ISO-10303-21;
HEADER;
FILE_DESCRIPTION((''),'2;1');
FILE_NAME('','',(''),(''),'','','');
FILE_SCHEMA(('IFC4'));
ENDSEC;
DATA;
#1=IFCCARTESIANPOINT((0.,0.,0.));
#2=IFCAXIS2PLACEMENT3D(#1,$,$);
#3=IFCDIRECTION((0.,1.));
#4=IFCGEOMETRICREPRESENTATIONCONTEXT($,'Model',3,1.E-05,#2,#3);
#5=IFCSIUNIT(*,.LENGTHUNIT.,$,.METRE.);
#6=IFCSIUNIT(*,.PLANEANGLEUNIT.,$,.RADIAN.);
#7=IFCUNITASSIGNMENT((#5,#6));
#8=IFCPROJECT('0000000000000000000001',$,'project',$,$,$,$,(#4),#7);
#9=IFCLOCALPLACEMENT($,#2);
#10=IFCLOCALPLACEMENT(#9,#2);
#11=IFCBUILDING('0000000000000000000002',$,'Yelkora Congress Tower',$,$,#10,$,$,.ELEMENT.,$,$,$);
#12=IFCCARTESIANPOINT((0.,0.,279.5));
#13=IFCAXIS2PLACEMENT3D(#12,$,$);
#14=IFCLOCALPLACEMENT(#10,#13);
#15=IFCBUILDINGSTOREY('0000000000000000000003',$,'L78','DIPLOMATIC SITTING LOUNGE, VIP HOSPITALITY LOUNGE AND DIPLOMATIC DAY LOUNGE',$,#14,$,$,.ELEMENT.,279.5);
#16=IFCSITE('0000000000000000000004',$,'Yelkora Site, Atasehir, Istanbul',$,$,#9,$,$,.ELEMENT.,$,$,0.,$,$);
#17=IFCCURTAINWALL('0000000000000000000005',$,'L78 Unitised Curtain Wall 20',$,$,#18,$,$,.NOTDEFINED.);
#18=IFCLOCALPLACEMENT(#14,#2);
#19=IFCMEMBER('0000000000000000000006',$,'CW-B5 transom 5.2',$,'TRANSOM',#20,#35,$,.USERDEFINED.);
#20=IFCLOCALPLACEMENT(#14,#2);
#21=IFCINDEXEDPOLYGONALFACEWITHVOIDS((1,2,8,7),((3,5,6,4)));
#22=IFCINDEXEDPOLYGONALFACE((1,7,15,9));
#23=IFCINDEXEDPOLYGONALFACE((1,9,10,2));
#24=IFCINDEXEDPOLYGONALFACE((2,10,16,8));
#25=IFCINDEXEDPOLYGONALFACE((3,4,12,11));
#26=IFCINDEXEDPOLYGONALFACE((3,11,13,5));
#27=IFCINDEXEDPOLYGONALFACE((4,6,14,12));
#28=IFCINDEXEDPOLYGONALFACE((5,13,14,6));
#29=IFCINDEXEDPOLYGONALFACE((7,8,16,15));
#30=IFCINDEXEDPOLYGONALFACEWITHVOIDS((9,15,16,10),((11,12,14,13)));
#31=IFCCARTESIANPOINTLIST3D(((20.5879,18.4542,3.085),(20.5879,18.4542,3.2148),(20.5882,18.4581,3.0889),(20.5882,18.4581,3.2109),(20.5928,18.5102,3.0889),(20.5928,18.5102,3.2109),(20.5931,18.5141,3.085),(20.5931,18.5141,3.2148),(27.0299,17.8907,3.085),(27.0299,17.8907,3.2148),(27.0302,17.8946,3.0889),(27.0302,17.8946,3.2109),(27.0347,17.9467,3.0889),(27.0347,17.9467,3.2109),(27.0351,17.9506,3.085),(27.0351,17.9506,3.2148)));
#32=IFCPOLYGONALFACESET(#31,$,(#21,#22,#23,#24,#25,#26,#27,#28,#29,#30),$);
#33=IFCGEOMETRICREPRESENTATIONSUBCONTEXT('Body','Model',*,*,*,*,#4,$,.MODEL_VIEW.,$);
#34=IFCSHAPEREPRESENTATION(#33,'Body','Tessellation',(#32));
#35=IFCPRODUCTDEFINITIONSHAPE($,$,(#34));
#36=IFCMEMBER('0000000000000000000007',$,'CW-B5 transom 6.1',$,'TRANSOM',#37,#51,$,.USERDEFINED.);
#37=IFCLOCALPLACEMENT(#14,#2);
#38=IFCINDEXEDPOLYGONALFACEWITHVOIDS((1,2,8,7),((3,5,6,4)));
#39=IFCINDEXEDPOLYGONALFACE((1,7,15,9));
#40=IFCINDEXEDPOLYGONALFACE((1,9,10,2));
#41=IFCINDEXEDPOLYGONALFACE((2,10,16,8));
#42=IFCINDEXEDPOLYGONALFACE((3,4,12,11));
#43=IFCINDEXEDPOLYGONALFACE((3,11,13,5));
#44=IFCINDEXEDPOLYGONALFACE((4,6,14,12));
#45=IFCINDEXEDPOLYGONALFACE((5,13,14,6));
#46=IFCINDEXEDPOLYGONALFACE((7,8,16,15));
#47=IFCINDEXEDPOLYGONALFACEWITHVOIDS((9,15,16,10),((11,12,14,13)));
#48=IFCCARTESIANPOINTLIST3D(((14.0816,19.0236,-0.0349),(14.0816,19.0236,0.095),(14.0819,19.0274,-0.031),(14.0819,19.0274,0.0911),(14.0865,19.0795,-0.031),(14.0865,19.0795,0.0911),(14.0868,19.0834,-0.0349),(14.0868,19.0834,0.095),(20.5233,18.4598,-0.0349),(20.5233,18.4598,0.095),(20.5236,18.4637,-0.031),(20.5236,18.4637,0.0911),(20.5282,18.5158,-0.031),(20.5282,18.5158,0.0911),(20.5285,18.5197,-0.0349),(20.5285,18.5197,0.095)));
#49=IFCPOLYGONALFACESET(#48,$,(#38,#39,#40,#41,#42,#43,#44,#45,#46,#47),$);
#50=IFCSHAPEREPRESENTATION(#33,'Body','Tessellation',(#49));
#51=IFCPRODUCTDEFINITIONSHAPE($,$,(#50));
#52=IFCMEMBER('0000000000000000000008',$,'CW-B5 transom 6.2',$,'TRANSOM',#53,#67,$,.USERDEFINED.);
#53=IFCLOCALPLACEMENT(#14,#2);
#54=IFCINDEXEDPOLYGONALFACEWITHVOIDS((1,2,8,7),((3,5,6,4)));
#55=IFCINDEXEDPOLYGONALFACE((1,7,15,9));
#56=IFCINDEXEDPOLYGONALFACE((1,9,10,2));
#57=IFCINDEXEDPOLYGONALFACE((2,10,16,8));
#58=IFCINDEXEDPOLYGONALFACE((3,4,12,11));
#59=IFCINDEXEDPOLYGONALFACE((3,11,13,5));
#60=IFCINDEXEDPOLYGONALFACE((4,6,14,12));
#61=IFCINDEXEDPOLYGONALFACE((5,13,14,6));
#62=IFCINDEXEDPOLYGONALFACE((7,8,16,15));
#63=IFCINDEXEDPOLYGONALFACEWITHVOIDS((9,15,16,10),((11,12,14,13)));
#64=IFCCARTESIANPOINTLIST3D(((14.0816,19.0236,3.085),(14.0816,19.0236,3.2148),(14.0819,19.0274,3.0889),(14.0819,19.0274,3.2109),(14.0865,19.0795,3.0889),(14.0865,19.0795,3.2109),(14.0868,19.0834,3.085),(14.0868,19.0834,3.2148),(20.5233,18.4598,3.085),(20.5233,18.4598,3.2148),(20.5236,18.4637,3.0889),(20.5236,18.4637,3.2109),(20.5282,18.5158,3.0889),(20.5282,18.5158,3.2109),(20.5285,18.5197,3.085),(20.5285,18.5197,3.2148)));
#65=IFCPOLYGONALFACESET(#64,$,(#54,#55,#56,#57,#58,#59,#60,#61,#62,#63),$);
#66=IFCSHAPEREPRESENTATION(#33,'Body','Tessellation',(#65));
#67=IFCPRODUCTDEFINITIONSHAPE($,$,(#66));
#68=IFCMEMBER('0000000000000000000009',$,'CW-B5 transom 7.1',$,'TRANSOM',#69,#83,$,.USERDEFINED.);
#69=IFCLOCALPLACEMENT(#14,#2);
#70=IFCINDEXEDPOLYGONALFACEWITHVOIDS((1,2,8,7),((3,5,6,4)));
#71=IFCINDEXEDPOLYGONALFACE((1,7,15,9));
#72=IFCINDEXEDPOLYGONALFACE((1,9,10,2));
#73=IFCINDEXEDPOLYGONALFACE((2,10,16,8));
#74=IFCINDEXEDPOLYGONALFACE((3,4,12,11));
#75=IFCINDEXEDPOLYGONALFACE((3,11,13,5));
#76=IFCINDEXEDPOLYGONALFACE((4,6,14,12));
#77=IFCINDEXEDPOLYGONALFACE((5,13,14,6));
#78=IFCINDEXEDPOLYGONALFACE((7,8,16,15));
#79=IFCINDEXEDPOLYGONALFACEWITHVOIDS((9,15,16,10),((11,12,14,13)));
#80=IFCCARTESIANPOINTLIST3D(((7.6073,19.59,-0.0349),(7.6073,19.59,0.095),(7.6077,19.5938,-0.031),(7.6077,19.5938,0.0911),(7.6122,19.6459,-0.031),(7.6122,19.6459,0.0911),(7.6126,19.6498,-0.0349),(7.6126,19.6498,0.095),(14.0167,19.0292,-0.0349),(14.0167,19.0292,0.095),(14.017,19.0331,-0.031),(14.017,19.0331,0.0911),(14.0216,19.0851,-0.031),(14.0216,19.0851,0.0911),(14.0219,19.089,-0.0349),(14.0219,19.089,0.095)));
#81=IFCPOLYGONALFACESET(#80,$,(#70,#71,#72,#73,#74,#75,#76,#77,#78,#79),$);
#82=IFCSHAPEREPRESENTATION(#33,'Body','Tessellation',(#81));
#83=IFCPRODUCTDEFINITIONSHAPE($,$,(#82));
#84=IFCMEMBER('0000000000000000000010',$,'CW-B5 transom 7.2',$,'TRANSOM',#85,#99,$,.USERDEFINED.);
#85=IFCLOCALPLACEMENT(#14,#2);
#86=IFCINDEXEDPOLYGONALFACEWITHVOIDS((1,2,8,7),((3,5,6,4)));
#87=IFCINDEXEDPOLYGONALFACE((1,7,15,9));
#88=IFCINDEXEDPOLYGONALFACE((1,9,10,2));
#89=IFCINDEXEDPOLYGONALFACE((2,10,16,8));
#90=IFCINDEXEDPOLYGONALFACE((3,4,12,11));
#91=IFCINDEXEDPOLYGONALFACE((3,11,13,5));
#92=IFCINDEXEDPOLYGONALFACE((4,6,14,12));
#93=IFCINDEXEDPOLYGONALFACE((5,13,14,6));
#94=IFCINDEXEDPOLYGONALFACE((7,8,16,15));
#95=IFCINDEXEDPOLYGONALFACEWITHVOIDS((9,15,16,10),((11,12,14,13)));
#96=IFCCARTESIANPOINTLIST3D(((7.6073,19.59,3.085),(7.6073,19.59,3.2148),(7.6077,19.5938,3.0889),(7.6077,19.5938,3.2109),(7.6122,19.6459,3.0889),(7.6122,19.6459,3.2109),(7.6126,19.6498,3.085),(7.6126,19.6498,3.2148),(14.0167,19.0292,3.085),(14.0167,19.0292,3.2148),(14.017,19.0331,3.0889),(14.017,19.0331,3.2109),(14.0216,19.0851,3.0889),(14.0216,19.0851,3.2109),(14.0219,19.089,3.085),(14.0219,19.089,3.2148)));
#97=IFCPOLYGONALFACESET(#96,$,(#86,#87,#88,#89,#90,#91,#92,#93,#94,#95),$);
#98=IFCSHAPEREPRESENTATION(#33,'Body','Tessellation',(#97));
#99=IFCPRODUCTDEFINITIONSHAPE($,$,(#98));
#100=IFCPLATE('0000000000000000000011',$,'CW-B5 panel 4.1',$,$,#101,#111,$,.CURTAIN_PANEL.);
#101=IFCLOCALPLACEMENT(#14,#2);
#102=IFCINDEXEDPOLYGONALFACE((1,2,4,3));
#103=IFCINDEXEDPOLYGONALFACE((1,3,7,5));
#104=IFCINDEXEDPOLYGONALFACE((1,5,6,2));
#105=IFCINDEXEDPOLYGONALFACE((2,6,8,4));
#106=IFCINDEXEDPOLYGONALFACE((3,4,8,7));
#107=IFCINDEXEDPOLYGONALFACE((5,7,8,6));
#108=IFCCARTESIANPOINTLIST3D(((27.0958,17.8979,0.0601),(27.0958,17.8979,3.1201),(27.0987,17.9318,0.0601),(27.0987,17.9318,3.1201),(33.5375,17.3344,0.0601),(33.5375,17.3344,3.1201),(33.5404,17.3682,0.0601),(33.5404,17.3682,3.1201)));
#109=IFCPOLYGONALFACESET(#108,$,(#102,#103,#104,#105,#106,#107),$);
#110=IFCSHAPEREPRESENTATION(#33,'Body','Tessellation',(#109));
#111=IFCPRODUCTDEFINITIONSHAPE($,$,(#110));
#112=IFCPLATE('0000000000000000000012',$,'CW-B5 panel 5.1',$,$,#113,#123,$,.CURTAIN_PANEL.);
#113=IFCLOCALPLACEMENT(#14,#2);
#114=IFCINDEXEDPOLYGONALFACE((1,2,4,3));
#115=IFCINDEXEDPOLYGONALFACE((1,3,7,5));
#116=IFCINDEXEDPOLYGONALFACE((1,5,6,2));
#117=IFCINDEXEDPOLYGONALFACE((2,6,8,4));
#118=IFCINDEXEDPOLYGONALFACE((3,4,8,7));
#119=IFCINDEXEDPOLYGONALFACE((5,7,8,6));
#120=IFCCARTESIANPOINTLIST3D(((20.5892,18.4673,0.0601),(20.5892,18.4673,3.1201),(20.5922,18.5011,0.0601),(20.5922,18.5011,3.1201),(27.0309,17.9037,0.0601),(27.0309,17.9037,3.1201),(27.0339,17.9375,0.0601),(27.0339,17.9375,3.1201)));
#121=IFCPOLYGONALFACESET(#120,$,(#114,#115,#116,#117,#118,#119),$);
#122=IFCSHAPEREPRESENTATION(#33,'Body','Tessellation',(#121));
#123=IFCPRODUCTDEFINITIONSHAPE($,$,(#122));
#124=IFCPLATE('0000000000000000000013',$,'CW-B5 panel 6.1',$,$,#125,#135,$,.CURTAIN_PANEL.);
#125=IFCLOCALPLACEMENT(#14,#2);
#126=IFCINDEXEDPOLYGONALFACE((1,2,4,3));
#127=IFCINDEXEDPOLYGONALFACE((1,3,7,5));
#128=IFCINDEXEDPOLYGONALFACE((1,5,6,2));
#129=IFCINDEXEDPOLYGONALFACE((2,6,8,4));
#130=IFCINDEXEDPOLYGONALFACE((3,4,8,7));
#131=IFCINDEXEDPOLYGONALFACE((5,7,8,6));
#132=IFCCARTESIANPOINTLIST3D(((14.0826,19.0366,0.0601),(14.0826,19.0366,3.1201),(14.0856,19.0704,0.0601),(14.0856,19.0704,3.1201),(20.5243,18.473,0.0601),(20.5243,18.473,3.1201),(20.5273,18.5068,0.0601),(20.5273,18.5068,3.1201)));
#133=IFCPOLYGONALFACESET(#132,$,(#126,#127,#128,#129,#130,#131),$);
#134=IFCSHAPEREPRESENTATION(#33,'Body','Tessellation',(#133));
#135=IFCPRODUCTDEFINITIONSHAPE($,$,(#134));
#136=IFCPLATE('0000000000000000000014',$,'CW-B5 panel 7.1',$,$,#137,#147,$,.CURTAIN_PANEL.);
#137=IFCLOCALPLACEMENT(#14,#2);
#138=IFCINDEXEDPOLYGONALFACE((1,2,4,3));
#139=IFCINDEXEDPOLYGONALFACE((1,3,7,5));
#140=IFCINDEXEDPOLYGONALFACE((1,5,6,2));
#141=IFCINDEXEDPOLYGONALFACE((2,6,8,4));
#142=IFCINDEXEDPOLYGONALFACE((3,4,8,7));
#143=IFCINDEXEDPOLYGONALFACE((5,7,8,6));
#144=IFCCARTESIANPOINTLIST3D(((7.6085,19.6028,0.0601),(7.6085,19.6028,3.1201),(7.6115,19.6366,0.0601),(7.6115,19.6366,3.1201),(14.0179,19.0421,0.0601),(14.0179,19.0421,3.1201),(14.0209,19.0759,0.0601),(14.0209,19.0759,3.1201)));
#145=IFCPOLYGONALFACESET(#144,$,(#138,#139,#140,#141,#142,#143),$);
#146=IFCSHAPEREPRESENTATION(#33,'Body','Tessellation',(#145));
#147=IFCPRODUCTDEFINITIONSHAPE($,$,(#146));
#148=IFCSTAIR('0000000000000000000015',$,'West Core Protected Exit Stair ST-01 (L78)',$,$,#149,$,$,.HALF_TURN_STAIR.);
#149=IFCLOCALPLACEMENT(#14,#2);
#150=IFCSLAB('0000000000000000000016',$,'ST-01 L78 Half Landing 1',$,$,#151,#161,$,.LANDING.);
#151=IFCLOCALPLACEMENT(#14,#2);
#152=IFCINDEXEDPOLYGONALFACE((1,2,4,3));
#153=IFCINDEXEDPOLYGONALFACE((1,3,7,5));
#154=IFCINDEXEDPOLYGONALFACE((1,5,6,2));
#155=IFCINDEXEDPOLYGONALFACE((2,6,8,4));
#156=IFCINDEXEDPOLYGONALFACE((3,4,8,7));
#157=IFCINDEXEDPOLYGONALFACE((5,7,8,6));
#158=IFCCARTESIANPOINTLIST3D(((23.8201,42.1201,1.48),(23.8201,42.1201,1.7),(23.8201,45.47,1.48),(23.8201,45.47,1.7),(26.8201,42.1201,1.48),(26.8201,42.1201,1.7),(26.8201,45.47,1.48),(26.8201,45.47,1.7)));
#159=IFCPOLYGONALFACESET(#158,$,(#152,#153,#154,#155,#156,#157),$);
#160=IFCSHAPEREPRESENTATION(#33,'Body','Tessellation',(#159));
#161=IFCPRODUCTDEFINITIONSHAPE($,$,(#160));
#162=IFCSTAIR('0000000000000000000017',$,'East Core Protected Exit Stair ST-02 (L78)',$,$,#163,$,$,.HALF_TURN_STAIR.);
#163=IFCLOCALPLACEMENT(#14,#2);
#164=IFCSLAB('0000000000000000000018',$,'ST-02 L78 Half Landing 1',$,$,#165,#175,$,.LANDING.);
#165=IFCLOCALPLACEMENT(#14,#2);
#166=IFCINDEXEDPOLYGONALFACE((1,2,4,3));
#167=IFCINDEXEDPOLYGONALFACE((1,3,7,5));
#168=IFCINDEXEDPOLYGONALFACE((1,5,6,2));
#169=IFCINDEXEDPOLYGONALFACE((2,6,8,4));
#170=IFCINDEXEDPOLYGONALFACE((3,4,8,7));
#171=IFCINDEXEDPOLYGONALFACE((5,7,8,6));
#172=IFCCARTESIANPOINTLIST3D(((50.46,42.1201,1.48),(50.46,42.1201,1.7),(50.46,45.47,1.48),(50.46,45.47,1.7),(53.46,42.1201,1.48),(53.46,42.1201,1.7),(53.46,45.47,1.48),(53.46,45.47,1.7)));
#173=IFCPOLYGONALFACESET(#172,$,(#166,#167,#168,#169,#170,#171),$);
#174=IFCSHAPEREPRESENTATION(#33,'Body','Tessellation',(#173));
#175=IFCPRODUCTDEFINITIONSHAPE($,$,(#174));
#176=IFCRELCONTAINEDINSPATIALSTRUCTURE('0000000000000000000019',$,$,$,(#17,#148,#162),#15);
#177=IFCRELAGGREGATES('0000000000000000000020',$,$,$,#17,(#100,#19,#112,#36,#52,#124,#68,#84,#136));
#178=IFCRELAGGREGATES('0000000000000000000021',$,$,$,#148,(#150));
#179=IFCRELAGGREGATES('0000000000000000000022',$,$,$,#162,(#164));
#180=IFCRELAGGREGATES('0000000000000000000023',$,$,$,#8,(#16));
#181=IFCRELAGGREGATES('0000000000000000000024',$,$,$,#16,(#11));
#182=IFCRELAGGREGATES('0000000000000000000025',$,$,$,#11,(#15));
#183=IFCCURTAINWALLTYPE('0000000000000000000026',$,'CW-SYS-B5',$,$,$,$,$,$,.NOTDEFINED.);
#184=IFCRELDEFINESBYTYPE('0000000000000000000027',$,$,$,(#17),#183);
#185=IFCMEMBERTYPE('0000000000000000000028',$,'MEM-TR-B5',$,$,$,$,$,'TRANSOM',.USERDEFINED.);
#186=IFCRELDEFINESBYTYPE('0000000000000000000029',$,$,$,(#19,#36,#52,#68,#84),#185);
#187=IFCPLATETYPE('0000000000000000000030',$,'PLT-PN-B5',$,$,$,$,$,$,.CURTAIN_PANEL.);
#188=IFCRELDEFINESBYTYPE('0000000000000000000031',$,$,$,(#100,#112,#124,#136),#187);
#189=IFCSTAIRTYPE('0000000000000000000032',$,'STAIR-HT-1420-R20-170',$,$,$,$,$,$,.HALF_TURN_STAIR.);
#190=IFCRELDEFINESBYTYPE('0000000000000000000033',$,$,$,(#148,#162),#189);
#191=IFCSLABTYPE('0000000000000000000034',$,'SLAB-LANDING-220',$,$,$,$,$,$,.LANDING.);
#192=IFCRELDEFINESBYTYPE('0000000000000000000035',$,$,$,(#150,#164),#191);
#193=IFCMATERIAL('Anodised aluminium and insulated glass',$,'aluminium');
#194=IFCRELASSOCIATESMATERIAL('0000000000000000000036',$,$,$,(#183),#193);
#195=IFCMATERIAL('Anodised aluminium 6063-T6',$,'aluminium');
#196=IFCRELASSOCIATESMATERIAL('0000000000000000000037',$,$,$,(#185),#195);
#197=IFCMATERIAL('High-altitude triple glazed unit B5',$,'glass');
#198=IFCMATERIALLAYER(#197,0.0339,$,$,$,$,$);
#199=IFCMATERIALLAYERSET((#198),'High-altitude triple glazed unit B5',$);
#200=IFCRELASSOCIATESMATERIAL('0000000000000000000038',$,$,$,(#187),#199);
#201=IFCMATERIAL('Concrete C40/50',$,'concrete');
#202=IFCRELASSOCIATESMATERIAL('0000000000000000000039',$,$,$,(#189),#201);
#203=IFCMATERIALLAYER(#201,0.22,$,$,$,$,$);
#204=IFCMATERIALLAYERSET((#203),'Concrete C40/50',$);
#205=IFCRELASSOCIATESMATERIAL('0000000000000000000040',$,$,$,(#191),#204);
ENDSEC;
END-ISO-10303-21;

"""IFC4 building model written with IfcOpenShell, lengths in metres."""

from ifc_helpers import new_model, si_unit, direction, frame, origin, origin_2d, place, context, subcontext, project, spatial, polyline, rectangle, hollow_rectangle, outline, extrude, material, layer, layer_set, material_profile, profile_set, type_object, element, aggregate, save


model = new_model("IFC4")

# Units and contexts
model_context = context("Model", 3, precision=1e-05, world=origin(), true_north=direction((0.0, 1.0)))
body_context = subcontext(model_context, "Body", "Model", "MODEL_VIEW")
ifc_project = project(units=[si_unit("LENGTHUNIT", "METRE"), si_unit("PLANEANGLEUNIT", "RADIAN")], contexts=[model_context])

# Site, building, storey
site_placement = place(None, origin())
site = spatial("IfcSite", under=ifc_project, at=site_placement, Name="Yelkora Site, Atasehir, Istanbul", CompositionType="ELEMENT", RefElevation=0.0)
building_placement = place(site_placement, origin())
building = spatial("IfcBuilding", under=site, at=building_placement, Name="Yelkora Congress Tower", CompositionType="ELEMENT")
storey_placement = place(building_placement, frame((0.0, 0.0, 279.5)))
storey = spatial("IfcBuildingStorey", under=building, at=storey_placement, Name="L78", Description="DIPLOMATIC SITTING LOUNGE, VIP HOSPITALITY LOUNGE AND DIPLOMATIC DAY LOUNGE", CompositionType="ELEMENT", Elevation=279.5)

# Curtain wall, members, plates
ifc_material_1 = material(Name="Anodised aluminium and insulated glass", Category="aluminium")
curtain_wall_type = type_object("IfcCurtainWallType", Name="CW-SYS-B5", PredefinedType="NOTDEFINED", material=ifc_material_1)
curtain_wall_placement = place(storey_placement, origin())
curtain_wall = element("IfcCurtainWall", 1, at=curtain_wall_placement, inside=storey, type_object=curtain_wall_type, Name="L78 Unitised Curtain Wall 20", PredefinedType="NOTDEFINED")
ifc_material_2 = material(Name="Anodised aluminium 6063-T6", Category="aluminium")
ifc_material_profile_1 = material_profile(ifc_material_2, hollow_rectangle(XDim=0.0601, YDim=0.1299, WallThickness=0.0039, at=origin_2d()), Name="ALU 60x130x4")
ifc_profile_set_1 = profile_set([ifc_material_profile_1], Name="Anodised aluminium 6063-T6")
member_type_1 = type_object("IfcMemberType", Name="MEM-TR-B5", ElementType="TRANSOM", PredefinedType="USERDEFINED", material=ifc_profile_set_1)
member_1_placement = place(storey_placement, frame((27.0325, 17.9207, 3.1499), z_axis=(-0.996196, 0.087138, 0.0), x_axis=(-0.087138, -0.996196, 0.0)))
member_1 = element("IfcMember", 2, at=member_1_placement, type_object=member_type_1, Name="CW-B5 transom 5.2", ObjectType="TRANSOM", PredefinedType="USERDEFINED", context=body_context, shape_type="SweptSolid", body=[
    extrude(hollow_rectangle(XDim=0.0601, YDim=0.1299, WallThickness=0.0039, at=origin_2d()), origin(), (0.0, 0.0, 1.0), 6.4666),
])
member_2_placement = place(storey_placement, frame((20.5259, 18.4897, 0.03), z_axis=(-0.996193, 0.087179, 0.0), x_axis=(-0.087179, -0.996193, 0.0)))
member_2 = element("IfcMember", 3, at=member_2_placement, type_object=member_type_1, Name="CW-B5 transom 6.1", ObjectType="TRANSOM", PredefinedType="USERDEFINED", context=body_context, shape_type="SweptSolid", body=[
    extrude(hollow_rectangle(XDim=0.0601, YDim=0.1299, WallThickness=0.0039, at=origin_2d()), origin(), (0.0, 0.0, 1.0), 6.4663),
])
member_3_placement = place(storey_placement, frame((20.5259, 18.4897, 3.1499), z_axis=(-0.996193, 0.087179, 0.0), x_axis=(-0.087179, -0.996193, 0.0)))
member_3 = element("IfcMember", 4, at=member_3_placement, type_object=member_type_1, Name="CW-B5 transom 6.2", ObjectType="TRANSOM", PredefinedType="USERDEFINED", context=body_context, shape_type="SweptSolid", body=[
    extrude(hollow_rectangle(XDim=0.0601, YDim=0.1299, WallThickness=0.0039, at=origin_2d()), origin(), (0.0, 0.0, 1.0), 6.4663),
])
member_4_placement = place(storey_placement, frame((14.0193, 19.0591, 0.03), z_axis=(-0.996194, 0.087162, 0.0), x_axis=(-0.087162, -0.996194, 0.0)))
member_4 = element("IfcMember", 5, at=member_4_placement, type_object=member_type_1, Name="CW-B5 transom 7.1", ObjectType="TRANSOM", PredefinedType="USERDEFINED", context=body_context, shape_type="SweptSolid", body=[
    extrude(hollow_rectangle(XDim=0.0601, YDim=0.1299, WallThickness=0.0039, at=origin_2d()), origin(), (0.0, 0.0, 1.0), 6.4338),
])
member_5_placement = place(storey_placement, frame((14.0193, 19.0591, 3.1499), z_axis=(-0.996194, 0.087162, 0.0), x_axis=(-0.087162, -0.996194, 0.0)))
member_5 = element("IfcMember", 6, at=member_5_placement, type_object=member_type_1, Name="CW-B5 transom 7.2", ObjectType="TRANSOM", PredefinedType="USERDEFINED", context=body_context, shape_type="SweptSolid", body=[
    extrude(hollow_rectangle(XDim=0.0601, YDim=0.1299, WallThickness=0.0039, at=origin_2d()), origin(), (0.0, 0.0, 1.0), 6.4338),
])
ifc_material_3 = material(Name="High-altitude triple glazed unit B5", Category="glass")
ifc_layer_1 = layer(ifc_material_3, 0.0339)
ifc_layer_set_1 = layer_set([ifc_layer_1], Name="High-altitude triple glazed unit B5")
plate_type = type_object("IfcPlateType", Name="PLT-PN-B5", PredefinedType="CURTAIN_PANEL", material=ifc_layer_set_1)
plate_1_placement = place(storey_placement, frame((30.3181, 17.6331, 0.0601), z_axis=(0.0, 0.0, 1.0), x_axis=(-0.996195, 0.087157, 0.0)))
plate_1 = element("IfcPlate", 7, at=plate_1_placement, type_object=plate_type, Name="CW-B5 panel 4.1", PredefinedType="CURTAIN_PANEL", context=body_context, shape_type="SweptSolid", body=[
    extrude(rectangle(XDim=6.4663, YDim=0.0339, at=origin_2d()), origin(), (0.0, 0.0, 1.0), 3.0601),
])
plate_2_placement = place(storey_placement, frame((23.8115, 18.2024, 0.0601), z_axis=(0.0, 0.0, 1.0), x_axis=(-0.996195, 0.087157, 0.0)))
plate_2 = element("IfcPlate", 8, at=plate_2_placement, type_object=plate_type, Name="CW-B5 panel 5.1", PredefinedType="CURTAIN_PANEL", context=body_context, shape_type="SweptSolid", body=[
    extrude(rectangle(XDim=6.4663, YDim=0.0339, at=origin_2d()), origin(), (0.0, 0.0, 1.0), 3.0601),
])
plate_3_placement = place(storey_placement, frame((17.3049, 18.7717, 0.0601), z_axis=(0.0, 0.0, 1.0), x_axis=(-0.996195, 0.087157, 0.0)))
plate_3 = element("IfcPlate", 9, at=plate_3_placement, type_object=plate_type, Name="CW-B5 panel 6.1", PredefinedType="CURTAIN_PANEL", context=body_context, shape_type="SweptSolid", body=[
    extrude(rectangle(XDim=6.4663, YDim=0.0339, at=origin_2d()), origin(), (0.0, 0.0, 1.0), 3.0601),
])
plate_4_placement = place(storey_placement, frame((10.8147, 19.3394, 0.0601), z_axis=(0.0, 0.0, 1.0), x_axis=(-0.996195, 0.087157, 0.0)))
plate_4 = element("IfcPlate", 10, at=plate_4_placement, type_object=plate_type, Name="CW-B5 panel 7.1", PredefinedType="CURTAIN_PANEL", context=body_context, shape_type="SweptSolid", body=[
    extrude(rectangle(XDim=6.4338, YDim=0.0339, at=origin_2d()), origin(), (0.0, 0.0, 1.0), 3.0601),
])
aggregate(curtain_wall, [plate_1, member_1, plate_2, member_2, member_3, plate_3, member_4, member_5, plate_4])

# Stairs, slabs
ifc_material_4 = material(Name="Concrete C40/50", Category="concrete")
stair_type = type_object("IfcStairType", Name="STAIR-HT-1420-R20-170", PredefinedType="HALF_TURN_STAIR", material=ifc_material_4)
stair_1_placement = place(storey_placement, origin())
stair_1 = element("IfcStair", 11, at=stair_1_placement, inside=storey, type_object=stair_type, Name="West Core Protected Exit Stair ST-01 (L78)", PredefinedType="HALF_TURN_STAIR")
ifc_layer_2 = layer(ifc_material_4, 0.22)
ifc_layer_set_2 = layer_set([ifc_layer_2], Name="Concrete C40/50")
slab_type_1 = type_object("IfcSlabType", Name="SLAB-LANDING-220", PredefinedType="LANDING", material=ifc_layer_set_2)
slab_1_placement = place(storey_placement, frame((0.0, 0.0, 1.48)))
slab_1 = element("IfcSlab", 12, at=slab_1_placement, type_object=slab_type_1, Name="ST-01 L78 Half Landing 1", PredefinedType="LANDING", context=body_context, shape_type="SweptSolid", body=[
    extrude(outline(polyline([(26.8201, 42.1201), (26.8201, 45.47), (23.8201, 45.47), (23.8201, 42.1201), (26.8201, 42.1201)])), origin(), (0.0, 0.0, 1.0), 0.22),
])
aggregate(stair_1, [slab_1])
stair_2_placement = place(storey_placement, origin())
stair_2 = element("IfcStair", 13, at=stair_2_placement, inside=storey, type_object=stair_type, Name="East Core Protected Exit Stair ST-02 (L78)", PredefinedType="HALF_TURN_STAIR")
slab_2_placement = place(storey_placement, frame((0.0, 0.0, 1.48)))
slab_2 = element("IfcSlab", 14, at=slab_2_placement, type_object=slab_type_1, Name="ST-02 L78 Half Landing 1", PredefinedType="LANDING", context=body_context, shape_type="SweptSolid", body=[
    extrude(outline(polyline([(53.46, 42.1201), (53.46, 45.47), (50.46, 45.47), (50.46, 42.1201), (53.46, 42.1201)])), origin(), (0.0, 0.0, 1.0), 0.22),
])
aggregate(stair_2, [slab_2])

save(model, "model.ifc")
